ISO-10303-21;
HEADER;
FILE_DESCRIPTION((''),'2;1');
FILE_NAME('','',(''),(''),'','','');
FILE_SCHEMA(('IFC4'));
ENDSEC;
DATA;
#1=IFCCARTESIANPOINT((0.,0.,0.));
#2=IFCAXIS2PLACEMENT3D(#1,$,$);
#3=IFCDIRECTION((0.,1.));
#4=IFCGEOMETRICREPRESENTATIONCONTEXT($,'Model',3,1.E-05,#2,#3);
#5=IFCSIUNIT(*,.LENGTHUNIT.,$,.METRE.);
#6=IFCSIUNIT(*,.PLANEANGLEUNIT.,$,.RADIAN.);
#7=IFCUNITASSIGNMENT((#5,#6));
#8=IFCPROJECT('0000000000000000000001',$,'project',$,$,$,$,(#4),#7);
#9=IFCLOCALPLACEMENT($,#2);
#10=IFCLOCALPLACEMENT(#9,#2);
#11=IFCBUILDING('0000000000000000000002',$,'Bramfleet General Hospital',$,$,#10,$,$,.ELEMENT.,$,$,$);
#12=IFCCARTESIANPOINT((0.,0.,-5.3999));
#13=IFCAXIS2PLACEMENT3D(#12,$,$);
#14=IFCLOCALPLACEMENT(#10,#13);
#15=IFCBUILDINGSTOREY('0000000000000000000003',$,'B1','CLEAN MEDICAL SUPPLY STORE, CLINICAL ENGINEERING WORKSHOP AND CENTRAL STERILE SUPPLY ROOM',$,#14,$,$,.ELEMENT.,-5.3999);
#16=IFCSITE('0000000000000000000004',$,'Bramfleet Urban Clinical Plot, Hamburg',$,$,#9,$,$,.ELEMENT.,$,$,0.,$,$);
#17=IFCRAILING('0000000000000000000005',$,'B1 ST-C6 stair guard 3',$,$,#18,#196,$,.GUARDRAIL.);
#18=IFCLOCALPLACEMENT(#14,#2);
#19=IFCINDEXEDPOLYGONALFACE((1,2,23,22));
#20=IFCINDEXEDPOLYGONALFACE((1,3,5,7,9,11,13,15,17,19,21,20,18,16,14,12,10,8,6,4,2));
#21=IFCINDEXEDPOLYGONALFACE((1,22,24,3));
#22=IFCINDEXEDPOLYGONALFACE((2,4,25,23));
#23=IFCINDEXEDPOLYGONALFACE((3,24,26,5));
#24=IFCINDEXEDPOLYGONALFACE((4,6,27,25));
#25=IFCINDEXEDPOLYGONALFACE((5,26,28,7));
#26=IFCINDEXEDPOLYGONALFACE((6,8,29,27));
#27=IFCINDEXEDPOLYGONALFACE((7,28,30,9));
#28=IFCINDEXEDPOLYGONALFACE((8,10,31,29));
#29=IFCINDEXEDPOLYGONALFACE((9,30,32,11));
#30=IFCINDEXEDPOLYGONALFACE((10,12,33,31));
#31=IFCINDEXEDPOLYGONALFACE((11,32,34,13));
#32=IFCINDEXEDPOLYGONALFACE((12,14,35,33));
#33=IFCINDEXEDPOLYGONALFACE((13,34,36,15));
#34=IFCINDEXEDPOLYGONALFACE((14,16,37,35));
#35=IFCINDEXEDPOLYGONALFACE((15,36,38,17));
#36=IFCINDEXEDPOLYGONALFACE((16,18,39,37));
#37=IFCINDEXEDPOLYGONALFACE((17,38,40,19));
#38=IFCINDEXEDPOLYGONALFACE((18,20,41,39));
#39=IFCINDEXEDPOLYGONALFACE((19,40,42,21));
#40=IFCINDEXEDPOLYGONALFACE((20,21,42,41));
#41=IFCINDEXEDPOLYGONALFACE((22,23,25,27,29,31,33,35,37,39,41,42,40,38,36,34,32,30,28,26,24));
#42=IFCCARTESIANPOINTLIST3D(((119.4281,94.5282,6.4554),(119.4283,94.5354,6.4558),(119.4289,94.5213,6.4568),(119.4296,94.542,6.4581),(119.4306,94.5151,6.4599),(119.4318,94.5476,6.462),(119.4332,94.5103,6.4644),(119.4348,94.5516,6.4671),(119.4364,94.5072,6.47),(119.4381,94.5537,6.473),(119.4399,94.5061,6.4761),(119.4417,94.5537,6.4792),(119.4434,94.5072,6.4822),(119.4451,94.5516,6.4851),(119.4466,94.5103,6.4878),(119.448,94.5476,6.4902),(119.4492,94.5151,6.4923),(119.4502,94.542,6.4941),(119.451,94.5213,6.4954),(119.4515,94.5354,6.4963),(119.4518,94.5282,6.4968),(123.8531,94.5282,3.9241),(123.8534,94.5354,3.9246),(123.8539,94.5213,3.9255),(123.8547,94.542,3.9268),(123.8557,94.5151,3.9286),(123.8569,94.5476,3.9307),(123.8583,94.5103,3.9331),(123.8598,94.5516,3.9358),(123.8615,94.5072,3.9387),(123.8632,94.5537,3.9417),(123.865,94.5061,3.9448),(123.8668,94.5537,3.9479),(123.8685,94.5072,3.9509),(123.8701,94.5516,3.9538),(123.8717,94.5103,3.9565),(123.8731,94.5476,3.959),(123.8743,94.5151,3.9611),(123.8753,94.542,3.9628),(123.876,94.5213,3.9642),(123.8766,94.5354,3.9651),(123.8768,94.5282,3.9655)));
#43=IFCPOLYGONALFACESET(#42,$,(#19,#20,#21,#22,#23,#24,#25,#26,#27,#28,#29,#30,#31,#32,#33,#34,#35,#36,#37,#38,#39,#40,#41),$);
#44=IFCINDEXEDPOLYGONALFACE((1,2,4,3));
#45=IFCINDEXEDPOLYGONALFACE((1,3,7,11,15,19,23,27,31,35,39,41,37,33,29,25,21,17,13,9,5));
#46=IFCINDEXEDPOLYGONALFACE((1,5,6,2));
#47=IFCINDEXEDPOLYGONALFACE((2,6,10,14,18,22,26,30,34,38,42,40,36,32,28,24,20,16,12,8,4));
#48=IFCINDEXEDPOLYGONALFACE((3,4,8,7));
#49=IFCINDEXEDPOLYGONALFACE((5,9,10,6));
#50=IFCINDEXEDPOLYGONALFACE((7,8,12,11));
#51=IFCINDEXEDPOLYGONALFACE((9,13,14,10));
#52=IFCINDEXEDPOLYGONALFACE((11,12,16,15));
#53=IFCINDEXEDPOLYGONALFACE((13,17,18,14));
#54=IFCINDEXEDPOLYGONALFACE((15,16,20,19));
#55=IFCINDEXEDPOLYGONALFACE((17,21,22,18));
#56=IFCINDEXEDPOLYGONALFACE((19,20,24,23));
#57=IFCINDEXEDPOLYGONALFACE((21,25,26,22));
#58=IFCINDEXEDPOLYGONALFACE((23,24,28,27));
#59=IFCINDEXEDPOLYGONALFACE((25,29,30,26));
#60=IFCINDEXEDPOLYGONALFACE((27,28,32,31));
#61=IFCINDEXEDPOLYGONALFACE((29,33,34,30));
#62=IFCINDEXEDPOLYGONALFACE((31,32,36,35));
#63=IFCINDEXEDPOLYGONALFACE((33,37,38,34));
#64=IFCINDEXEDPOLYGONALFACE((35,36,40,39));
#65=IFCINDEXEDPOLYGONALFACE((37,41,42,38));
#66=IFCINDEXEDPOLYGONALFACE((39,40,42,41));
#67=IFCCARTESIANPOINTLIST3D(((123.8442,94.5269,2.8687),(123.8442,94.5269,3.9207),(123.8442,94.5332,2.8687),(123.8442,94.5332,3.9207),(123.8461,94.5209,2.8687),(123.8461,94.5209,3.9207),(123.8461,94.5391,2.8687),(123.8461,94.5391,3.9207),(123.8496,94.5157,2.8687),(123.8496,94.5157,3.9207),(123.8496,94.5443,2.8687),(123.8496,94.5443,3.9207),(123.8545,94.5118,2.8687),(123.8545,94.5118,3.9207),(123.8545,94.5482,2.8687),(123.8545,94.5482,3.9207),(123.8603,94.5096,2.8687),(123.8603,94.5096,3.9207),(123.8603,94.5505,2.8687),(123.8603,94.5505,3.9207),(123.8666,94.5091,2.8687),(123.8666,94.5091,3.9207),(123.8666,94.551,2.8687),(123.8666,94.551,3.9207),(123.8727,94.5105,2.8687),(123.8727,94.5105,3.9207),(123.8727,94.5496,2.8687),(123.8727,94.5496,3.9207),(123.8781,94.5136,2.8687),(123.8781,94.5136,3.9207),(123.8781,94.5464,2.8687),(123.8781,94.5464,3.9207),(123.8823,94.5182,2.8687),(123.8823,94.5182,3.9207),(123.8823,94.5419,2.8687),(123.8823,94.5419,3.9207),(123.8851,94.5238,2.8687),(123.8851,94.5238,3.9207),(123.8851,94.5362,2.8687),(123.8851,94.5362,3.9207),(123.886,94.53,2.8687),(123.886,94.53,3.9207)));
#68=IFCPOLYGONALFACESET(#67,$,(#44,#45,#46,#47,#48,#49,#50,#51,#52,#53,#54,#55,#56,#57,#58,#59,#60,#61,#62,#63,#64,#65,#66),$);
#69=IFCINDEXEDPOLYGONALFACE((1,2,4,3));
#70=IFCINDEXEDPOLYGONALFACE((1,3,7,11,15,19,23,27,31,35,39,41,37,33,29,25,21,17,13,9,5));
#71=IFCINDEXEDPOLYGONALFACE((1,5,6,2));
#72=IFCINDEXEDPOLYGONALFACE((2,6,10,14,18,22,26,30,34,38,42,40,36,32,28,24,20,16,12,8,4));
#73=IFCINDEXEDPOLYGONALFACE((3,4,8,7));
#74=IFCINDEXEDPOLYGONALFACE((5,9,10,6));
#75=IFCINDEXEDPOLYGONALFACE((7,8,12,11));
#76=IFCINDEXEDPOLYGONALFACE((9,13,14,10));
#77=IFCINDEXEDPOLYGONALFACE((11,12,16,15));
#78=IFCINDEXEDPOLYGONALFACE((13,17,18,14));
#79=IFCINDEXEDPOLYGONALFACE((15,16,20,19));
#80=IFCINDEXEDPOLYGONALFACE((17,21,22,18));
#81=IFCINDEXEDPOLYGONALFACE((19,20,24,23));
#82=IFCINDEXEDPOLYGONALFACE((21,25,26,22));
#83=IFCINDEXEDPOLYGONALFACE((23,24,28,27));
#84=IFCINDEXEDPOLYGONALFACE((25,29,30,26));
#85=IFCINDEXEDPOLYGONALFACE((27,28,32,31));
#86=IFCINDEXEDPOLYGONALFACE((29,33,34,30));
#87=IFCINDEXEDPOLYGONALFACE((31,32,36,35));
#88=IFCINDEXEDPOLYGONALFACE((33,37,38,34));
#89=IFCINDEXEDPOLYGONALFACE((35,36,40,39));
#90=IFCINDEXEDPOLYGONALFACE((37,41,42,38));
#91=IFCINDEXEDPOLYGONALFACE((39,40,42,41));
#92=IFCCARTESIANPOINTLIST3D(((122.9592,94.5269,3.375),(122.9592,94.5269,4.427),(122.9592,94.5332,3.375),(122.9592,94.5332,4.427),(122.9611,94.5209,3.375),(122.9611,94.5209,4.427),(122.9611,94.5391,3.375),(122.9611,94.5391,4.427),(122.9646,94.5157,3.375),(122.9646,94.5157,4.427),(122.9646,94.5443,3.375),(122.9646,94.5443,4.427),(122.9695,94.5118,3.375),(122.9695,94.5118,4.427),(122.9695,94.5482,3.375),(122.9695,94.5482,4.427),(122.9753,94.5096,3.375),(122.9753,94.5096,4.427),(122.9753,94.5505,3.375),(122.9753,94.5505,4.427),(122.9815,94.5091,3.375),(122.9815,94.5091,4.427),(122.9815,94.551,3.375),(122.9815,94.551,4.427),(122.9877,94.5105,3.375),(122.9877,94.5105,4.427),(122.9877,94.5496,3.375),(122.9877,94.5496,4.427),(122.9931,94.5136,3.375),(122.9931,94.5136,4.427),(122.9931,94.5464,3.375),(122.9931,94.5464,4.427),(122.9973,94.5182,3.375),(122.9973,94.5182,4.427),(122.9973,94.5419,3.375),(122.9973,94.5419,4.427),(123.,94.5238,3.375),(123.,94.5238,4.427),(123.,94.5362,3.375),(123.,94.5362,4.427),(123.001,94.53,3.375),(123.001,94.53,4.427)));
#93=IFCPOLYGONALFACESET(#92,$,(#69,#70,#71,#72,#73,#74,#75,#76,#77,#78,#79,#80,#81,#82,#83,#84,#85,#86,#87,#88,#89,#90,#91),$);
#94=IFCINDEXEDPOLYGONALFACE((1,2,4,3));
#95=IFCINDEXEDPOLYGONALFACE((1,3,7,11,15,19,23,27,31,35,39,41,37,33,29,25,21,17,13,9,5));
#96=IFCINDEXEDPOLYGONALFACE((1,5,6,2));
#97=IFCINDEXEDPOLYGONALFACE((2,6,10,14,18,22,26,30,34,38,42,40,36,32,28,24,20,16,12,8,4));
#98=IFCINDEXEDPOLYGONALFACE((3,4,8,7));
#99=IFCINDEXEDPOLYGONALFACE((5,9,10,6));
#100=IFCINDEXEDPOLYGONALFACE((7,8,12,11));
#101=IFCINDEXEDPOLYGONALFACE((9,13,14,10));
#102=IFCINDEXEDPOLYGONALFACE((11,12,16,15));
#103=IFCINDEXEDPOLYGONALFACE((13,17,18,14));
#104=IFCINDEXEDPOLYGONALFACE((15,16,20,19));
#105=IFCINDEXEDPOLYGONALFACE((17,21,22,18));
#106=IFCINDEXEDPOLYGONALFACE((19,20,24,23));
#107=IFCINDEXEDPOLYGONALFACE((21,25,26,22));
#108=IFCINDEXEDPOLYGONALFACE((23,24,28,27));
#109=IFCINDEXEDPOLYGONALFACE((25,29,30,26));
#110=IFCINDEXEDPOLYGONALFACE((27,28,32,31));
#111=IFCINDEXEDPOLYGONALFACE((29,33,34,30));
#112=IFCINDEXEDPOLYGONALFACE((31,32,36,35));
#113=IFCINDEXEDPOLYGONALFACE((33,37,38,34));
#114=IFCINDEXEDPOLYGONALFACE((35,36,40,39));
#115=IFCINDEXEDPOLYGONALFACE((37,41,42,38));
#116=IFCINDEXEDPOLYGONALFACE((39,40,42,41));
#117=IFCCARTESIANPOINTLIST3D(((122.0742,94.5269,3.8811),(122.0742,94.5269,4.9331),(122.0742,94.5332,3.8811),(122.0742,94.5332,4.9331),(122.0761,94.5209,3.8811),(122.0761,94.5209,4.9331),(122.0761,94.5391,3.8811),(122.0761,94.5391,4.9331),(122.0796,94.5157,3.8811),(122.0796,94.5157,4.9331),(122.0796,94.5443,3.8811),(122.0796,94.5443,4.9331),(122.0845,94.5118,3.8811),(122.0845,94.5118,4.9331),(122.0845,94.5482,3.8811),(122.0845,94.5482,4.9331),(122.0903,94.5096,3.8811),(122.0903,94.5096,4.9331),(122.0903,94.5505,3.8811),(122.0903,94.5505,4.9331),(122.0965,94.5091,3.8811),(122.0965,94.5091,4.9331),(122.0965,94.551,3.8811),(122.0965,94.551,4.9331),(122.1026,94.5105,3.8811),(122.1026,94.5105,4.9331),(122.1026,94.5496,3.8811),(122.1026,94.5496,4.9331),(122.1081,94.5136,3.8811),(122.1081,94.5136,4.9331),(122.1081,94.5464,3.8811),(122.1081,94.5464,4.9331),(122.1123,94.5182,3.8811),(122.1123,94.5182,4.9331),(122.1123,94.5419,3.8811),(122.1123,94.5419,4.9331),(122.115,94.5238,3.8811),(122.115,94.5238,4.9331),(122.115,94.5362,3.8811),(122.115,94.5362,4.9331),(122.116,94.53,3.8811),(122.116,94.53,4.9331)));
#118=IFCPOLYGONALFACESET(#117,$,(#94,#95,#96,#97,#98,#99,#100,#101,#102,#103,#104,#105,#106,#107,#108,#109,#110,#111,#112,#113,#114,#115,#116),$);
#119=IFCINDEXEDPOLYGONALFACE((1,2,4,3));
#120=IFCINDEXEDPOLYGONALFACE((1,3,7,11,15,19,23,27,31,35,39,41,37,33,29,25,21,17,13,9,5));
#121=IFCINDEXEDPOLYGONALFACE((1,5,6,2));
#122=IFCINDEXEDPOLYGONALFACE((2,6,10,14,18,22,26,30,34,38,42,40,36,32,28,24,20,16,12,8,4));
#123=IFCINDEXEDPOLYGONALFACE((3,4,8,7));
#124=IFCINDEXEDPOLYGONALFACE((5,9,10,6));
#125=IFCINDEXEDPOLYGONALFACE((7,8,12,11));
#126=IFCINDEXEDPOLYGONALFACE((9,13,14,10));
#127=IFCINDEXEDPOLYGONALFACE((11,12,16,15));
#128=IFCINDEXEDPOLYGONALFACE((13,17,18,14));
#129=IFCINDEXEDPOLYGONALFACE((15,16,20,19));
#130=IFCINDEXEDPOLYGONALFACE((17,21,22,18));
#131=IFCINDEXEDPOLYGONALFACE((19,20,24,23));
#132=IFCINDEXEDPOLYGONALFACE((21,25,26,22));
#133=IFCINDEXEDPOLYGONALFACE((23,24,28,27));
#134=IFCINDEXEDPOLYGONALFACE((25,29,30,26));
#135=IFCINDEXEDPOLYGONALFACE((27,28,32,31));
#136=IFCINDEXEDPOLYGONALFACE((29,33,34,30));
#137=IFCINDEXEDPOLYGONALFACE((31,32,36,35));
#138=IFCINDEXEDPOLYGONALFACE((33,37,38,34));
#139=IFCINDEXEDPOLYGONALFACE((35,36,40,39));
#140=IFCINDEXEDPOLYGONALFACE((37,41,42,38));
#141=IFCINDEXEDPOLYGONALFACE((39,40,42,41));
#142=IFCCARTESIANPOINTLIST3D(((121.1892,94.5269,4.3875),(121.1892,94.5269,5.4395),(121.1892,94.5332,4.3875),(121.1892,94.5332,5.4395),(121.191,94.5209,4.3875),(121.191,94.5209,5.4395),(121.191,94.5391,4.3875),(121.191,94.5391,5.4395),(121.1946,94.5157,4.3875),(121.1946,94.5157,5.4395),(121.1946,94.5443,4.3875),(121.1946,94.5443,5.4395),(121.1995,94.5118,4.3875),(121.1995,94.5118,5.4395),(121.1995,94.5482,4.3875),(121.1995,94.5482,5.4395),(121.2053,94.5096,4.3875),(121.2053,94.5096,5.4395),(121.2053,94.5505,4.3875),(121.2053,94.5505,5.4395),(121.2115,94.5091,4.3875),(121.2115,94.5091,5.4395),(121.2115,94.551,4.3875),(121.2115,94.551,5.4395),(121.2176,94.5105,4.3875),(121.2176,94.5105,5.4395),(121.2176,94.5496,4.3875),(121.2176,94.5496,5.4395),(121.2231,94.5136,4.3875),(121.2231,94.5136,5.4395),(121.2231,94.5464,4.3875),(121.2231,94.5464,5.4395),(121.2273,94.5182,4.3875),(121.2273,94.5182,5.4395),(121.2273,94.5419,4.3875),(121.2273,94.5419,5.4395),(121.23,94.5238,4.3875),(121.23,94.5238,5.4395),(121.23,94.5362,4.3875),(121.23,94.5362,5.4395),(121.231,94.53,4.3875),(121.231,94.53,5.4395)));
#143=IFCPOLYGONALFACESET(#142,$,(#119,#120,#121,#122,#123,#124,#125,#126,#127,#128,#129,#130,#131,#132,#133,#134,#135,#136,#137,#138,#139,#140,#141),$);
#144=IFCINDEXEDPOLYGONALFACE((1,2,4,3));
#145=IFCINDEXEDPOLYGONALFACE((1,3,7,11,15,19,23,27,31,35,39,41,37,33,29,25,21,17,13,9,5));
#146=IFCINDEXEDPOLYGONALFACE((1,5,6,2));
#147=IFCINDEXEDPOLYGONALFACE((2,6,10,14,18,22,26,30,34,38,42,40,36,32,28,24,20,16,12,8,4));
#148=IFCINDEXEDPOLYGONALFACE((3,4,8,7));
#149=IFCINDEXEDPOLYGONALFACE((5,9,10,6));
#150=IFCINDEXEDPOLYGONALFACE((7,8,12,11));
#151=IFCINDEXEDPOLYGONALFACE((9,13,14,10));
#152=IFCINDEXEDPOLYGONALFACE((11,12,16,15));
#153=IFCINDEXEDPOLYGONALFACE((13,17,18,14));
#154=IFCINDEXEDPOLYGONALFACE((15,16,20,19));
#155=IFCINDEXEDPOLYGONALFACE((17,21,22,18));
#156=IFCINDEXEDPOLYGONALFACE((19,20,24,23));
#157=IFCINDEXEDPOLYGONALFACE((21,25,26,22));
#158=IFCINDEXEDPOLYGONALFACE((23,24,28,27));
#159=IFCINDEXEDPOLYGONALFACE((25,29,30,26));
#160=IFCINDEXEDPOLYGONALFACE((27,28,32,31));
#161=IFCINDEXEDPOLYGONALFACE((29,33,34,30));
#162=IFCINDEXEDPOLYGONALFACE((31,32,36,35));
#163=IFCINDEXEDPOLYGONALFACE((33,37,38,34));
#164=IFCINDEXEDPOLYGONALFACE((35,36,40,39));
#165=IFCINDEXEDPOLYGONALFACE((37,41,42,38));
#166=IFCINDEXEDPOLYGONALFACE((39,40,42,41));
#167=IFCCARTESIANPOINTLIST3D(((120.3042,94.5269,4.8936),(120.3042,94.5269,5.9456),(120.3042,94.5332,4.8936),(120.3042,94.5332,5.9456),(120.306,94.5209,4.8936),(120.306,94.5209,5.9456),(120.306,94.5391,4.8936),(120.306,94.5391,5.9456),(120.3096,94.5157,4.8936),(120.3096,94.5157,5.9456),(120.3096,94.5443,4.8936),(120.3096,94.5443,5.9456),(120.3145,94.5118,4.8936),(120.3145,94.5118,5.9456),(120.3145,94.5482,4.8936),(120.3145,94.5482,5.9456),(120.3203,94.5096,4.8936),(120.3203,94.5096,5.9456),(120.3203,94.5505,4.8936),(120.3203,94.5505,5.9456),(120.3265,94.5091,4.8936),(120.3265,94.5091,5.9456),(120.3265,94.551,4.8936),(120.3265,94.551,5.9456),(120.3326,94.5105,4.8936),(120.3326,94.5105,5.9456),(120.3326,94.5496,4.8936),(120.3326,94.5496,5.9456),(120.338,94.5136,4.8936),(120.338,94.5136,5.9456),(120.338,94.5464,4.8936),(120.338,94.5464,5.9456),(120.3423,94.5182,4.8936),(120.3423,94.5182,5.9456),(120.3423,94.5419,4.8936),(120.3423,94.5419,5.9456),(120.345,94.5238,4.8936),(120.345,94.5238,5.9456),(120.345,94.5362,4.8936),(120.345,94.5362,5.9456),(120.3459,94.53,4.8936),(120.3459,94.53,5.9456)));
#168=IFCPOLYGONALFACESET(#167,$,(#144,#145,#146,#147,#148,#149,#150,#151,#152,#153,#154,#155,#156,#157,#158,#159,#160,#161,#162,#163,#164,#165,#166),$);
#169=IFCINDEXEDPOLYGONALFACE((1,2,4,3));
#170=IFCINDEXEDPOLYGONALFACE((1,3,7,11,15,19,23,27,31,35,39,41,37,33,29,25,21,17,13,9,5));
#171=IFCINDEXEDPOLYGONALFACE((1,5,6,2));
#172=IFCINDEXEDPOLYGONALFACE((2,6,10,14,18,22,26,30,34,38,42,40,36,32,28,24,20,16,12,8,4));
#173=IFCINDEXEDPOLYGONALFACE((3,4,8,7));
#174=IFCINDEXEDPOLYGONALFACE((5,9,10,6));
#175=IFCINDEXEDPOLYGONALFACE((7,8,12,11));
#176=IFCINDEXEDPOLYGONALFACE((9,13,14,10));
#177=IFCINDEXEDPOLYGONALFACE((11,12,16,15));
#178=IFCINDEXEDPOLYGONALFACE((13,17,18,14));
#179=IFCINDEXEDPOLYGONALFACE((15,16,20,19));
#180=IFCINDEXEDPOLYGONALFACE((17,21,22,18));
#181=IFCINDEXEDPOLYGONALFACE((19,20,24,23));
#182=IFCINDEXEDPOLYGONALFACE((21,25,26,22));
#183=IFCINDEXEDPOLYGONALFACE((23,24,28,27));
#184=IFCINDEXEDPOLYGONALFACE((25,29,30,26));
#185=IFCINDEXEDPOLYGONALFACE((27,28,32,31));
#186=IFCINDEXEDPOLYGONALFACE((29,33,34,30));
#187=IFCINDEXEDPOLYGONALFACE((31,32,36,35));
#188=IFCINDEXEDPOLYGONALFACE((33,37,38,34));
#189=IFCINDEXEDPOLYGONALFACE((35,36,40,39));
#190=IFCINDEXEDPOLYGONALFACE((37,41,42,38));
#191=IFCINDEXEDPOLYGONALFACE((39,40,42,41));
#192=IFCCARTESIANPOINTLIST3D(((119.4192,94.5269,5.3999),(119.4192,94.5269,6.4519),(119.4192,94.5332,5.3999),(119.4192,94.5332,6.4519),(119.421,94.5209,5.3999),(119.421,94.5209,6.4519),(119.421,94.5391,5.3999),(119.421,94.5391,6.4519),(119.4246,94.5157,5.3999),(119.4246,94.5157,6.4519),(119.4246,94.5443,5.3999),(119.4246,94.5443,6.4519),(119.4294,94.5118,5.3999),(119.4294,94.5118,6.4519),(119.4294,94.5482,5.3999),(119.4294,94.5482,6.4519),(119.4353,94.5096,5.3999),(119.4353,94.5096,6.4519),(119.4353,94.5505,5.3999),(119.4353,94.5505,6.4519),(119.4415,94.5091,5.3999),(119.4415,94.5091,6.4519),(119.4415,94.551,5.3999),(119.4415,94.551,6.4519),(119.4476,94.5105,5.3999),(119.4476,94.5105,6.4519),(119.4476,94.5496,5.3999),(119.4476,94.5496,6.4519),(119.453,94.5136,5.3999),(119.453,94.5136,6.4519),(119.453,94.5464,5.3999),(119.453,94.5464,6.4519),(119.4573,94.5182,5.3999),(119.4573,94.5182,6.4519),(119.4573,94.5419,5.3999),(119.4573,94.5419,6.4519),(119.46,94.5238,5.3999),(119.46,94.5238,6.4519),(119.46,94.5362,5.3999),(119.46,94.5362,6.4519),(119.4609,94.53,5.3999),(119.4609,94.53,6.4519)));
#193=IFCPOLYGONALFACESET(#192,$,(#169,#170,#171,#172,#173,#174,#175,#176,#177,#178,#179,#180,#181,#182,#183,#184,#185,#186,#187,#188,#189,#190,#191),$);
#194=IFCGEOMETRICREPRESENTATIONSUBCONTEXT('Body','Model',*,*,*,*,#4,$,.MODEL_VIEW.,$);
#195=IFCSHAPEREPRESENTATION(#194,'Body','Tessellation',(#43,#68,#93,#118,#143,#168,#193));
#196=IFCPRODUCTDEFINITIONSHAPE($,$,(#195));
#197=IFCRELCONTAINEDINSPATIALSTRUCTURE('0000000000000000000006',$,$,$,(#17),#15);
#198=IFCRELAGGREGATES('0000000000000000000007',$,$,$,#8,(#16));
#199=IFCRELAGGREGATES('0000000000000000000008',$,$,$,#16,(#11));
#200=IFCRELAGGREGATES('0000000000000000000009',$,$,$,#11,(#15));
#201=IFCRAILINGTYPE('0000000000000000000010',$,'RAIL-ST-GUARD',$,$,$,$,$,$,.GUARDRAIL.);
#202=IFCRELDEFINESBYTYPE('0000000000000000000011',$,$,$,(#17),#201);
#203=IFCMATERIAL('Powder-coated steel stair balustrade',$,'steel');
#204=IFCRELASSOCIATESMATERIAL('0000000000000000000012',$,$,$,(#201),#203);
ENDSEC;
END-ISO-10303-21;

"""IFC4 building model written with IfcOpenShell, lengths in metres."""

from ifc_helpers import new_model, si_unit, direction, frame, origin, origin_2d, place, context, subcontext, project, spatial, circle, extrude, material, type_object, element, save


model = new_model("IFC4")

# Units and contexts
model_context = context("Model", 3, precision=1e-05, world=origin(), true_north=direction((0.0, 1.0)))
body_context = subcontext(model_context, "Body", "Model", "MODEL_VIEW")
ifc_project = project(units=[si_unit("LENGTHUNIT", "METRE"), si_unit("PLANEANGLEUNIT", "RADIAN")], contexts=[model_context])

# Site, building, storey
site_placement = place(None, origin())
site = spatial("IfcSite", under=ifc_project, at=site_placement, Name="Bramfleet Urban Clinical Plot, Hamburg", CompositionType="ELEMENT", RefElevation=0.0)
building_placement = place(site_placement, origin())
building = spatial("IfcBuilding", under=site, at=building_placement, Name="Bramfleet General Hospital", CompositionType="ELEMENT")
storey_placement = place(building_placement, frame((0.0, 0.0, -5.3999)))
storey = spatial("IfcBuildingStorey", under=building, at=storey_placement, Name="B1", Description="CLEAN MEDICAL SUPPLY STORE, CLINICAL ENGINEERING WORKSHOP AND CENTRAL STERILE SUPPLY ROOM", CompositionType="ELEMENT", Elevation=-5.3999)

# Railing
ifc_material_1 = material(Name="Powder-coated steel stair balustrade", Category="steel")
railing_type_1 = type_object("IfcRailingType", Name="RAIL-ST-GUARD", PredefinedType="GUARDRAIL", material=ifc_material_1)
railing_1_placement = place(storey_placement, frame((123.865, 94.53, 2.8687)))
element("IfcRailing", 1, at=railing_1_placement, inside=storey, type_object=railing_type_1, Name="B1 ST-C6 stair guard 3", PredefinedType="GUARDRAIL", context=body_context, shape_type="SweptSolid", body=[
    extrude(circle(Radius=0.0239, at=origin_2d()), frame((0.0, 0.0, 1.0762), z_axis=(-0.868019, 0.0, 0.496531), x_axis=(0.0, -1.0, 0.0)), (0.0, 0.0, 1.0), 5.0979),
    extrude(circle(Radius=0.021, at=origin_2d()), origin(), (0.0, 0.0, 1.0), 1.052),
    extrude(circle(Radius=0.021, at=origin_2d()), frame((-0.885, 0.0, 0.5063)), (0.0, 0.0, 1.0), 1.052),
    extrude(circle(Radius=0.021, at=origin_2d()), frame((-1.77, 0.0, 1.0125)), (0.0, 0.0, 1.0), 1.052),
    extrude(circle(Radius=0.021, at=origin_2d()), frame((-2.655, 0.0, 1.5188)), (0.0, 0.0, 1.0), 1.052),
    extrude(circle(Radius=0.021, at=origin_2d()), frame((-3.54, 0.0, 2.0249)), (0.0, 0.0, 1.0), 1.052),
    extrude(circle(Radius=0.021, at=origin_2d()), frame((-4.425, 0.0, 2.5312)), (0.0, 0.0, 1.0), 1.052),
])

save(model, "model.ifc")
